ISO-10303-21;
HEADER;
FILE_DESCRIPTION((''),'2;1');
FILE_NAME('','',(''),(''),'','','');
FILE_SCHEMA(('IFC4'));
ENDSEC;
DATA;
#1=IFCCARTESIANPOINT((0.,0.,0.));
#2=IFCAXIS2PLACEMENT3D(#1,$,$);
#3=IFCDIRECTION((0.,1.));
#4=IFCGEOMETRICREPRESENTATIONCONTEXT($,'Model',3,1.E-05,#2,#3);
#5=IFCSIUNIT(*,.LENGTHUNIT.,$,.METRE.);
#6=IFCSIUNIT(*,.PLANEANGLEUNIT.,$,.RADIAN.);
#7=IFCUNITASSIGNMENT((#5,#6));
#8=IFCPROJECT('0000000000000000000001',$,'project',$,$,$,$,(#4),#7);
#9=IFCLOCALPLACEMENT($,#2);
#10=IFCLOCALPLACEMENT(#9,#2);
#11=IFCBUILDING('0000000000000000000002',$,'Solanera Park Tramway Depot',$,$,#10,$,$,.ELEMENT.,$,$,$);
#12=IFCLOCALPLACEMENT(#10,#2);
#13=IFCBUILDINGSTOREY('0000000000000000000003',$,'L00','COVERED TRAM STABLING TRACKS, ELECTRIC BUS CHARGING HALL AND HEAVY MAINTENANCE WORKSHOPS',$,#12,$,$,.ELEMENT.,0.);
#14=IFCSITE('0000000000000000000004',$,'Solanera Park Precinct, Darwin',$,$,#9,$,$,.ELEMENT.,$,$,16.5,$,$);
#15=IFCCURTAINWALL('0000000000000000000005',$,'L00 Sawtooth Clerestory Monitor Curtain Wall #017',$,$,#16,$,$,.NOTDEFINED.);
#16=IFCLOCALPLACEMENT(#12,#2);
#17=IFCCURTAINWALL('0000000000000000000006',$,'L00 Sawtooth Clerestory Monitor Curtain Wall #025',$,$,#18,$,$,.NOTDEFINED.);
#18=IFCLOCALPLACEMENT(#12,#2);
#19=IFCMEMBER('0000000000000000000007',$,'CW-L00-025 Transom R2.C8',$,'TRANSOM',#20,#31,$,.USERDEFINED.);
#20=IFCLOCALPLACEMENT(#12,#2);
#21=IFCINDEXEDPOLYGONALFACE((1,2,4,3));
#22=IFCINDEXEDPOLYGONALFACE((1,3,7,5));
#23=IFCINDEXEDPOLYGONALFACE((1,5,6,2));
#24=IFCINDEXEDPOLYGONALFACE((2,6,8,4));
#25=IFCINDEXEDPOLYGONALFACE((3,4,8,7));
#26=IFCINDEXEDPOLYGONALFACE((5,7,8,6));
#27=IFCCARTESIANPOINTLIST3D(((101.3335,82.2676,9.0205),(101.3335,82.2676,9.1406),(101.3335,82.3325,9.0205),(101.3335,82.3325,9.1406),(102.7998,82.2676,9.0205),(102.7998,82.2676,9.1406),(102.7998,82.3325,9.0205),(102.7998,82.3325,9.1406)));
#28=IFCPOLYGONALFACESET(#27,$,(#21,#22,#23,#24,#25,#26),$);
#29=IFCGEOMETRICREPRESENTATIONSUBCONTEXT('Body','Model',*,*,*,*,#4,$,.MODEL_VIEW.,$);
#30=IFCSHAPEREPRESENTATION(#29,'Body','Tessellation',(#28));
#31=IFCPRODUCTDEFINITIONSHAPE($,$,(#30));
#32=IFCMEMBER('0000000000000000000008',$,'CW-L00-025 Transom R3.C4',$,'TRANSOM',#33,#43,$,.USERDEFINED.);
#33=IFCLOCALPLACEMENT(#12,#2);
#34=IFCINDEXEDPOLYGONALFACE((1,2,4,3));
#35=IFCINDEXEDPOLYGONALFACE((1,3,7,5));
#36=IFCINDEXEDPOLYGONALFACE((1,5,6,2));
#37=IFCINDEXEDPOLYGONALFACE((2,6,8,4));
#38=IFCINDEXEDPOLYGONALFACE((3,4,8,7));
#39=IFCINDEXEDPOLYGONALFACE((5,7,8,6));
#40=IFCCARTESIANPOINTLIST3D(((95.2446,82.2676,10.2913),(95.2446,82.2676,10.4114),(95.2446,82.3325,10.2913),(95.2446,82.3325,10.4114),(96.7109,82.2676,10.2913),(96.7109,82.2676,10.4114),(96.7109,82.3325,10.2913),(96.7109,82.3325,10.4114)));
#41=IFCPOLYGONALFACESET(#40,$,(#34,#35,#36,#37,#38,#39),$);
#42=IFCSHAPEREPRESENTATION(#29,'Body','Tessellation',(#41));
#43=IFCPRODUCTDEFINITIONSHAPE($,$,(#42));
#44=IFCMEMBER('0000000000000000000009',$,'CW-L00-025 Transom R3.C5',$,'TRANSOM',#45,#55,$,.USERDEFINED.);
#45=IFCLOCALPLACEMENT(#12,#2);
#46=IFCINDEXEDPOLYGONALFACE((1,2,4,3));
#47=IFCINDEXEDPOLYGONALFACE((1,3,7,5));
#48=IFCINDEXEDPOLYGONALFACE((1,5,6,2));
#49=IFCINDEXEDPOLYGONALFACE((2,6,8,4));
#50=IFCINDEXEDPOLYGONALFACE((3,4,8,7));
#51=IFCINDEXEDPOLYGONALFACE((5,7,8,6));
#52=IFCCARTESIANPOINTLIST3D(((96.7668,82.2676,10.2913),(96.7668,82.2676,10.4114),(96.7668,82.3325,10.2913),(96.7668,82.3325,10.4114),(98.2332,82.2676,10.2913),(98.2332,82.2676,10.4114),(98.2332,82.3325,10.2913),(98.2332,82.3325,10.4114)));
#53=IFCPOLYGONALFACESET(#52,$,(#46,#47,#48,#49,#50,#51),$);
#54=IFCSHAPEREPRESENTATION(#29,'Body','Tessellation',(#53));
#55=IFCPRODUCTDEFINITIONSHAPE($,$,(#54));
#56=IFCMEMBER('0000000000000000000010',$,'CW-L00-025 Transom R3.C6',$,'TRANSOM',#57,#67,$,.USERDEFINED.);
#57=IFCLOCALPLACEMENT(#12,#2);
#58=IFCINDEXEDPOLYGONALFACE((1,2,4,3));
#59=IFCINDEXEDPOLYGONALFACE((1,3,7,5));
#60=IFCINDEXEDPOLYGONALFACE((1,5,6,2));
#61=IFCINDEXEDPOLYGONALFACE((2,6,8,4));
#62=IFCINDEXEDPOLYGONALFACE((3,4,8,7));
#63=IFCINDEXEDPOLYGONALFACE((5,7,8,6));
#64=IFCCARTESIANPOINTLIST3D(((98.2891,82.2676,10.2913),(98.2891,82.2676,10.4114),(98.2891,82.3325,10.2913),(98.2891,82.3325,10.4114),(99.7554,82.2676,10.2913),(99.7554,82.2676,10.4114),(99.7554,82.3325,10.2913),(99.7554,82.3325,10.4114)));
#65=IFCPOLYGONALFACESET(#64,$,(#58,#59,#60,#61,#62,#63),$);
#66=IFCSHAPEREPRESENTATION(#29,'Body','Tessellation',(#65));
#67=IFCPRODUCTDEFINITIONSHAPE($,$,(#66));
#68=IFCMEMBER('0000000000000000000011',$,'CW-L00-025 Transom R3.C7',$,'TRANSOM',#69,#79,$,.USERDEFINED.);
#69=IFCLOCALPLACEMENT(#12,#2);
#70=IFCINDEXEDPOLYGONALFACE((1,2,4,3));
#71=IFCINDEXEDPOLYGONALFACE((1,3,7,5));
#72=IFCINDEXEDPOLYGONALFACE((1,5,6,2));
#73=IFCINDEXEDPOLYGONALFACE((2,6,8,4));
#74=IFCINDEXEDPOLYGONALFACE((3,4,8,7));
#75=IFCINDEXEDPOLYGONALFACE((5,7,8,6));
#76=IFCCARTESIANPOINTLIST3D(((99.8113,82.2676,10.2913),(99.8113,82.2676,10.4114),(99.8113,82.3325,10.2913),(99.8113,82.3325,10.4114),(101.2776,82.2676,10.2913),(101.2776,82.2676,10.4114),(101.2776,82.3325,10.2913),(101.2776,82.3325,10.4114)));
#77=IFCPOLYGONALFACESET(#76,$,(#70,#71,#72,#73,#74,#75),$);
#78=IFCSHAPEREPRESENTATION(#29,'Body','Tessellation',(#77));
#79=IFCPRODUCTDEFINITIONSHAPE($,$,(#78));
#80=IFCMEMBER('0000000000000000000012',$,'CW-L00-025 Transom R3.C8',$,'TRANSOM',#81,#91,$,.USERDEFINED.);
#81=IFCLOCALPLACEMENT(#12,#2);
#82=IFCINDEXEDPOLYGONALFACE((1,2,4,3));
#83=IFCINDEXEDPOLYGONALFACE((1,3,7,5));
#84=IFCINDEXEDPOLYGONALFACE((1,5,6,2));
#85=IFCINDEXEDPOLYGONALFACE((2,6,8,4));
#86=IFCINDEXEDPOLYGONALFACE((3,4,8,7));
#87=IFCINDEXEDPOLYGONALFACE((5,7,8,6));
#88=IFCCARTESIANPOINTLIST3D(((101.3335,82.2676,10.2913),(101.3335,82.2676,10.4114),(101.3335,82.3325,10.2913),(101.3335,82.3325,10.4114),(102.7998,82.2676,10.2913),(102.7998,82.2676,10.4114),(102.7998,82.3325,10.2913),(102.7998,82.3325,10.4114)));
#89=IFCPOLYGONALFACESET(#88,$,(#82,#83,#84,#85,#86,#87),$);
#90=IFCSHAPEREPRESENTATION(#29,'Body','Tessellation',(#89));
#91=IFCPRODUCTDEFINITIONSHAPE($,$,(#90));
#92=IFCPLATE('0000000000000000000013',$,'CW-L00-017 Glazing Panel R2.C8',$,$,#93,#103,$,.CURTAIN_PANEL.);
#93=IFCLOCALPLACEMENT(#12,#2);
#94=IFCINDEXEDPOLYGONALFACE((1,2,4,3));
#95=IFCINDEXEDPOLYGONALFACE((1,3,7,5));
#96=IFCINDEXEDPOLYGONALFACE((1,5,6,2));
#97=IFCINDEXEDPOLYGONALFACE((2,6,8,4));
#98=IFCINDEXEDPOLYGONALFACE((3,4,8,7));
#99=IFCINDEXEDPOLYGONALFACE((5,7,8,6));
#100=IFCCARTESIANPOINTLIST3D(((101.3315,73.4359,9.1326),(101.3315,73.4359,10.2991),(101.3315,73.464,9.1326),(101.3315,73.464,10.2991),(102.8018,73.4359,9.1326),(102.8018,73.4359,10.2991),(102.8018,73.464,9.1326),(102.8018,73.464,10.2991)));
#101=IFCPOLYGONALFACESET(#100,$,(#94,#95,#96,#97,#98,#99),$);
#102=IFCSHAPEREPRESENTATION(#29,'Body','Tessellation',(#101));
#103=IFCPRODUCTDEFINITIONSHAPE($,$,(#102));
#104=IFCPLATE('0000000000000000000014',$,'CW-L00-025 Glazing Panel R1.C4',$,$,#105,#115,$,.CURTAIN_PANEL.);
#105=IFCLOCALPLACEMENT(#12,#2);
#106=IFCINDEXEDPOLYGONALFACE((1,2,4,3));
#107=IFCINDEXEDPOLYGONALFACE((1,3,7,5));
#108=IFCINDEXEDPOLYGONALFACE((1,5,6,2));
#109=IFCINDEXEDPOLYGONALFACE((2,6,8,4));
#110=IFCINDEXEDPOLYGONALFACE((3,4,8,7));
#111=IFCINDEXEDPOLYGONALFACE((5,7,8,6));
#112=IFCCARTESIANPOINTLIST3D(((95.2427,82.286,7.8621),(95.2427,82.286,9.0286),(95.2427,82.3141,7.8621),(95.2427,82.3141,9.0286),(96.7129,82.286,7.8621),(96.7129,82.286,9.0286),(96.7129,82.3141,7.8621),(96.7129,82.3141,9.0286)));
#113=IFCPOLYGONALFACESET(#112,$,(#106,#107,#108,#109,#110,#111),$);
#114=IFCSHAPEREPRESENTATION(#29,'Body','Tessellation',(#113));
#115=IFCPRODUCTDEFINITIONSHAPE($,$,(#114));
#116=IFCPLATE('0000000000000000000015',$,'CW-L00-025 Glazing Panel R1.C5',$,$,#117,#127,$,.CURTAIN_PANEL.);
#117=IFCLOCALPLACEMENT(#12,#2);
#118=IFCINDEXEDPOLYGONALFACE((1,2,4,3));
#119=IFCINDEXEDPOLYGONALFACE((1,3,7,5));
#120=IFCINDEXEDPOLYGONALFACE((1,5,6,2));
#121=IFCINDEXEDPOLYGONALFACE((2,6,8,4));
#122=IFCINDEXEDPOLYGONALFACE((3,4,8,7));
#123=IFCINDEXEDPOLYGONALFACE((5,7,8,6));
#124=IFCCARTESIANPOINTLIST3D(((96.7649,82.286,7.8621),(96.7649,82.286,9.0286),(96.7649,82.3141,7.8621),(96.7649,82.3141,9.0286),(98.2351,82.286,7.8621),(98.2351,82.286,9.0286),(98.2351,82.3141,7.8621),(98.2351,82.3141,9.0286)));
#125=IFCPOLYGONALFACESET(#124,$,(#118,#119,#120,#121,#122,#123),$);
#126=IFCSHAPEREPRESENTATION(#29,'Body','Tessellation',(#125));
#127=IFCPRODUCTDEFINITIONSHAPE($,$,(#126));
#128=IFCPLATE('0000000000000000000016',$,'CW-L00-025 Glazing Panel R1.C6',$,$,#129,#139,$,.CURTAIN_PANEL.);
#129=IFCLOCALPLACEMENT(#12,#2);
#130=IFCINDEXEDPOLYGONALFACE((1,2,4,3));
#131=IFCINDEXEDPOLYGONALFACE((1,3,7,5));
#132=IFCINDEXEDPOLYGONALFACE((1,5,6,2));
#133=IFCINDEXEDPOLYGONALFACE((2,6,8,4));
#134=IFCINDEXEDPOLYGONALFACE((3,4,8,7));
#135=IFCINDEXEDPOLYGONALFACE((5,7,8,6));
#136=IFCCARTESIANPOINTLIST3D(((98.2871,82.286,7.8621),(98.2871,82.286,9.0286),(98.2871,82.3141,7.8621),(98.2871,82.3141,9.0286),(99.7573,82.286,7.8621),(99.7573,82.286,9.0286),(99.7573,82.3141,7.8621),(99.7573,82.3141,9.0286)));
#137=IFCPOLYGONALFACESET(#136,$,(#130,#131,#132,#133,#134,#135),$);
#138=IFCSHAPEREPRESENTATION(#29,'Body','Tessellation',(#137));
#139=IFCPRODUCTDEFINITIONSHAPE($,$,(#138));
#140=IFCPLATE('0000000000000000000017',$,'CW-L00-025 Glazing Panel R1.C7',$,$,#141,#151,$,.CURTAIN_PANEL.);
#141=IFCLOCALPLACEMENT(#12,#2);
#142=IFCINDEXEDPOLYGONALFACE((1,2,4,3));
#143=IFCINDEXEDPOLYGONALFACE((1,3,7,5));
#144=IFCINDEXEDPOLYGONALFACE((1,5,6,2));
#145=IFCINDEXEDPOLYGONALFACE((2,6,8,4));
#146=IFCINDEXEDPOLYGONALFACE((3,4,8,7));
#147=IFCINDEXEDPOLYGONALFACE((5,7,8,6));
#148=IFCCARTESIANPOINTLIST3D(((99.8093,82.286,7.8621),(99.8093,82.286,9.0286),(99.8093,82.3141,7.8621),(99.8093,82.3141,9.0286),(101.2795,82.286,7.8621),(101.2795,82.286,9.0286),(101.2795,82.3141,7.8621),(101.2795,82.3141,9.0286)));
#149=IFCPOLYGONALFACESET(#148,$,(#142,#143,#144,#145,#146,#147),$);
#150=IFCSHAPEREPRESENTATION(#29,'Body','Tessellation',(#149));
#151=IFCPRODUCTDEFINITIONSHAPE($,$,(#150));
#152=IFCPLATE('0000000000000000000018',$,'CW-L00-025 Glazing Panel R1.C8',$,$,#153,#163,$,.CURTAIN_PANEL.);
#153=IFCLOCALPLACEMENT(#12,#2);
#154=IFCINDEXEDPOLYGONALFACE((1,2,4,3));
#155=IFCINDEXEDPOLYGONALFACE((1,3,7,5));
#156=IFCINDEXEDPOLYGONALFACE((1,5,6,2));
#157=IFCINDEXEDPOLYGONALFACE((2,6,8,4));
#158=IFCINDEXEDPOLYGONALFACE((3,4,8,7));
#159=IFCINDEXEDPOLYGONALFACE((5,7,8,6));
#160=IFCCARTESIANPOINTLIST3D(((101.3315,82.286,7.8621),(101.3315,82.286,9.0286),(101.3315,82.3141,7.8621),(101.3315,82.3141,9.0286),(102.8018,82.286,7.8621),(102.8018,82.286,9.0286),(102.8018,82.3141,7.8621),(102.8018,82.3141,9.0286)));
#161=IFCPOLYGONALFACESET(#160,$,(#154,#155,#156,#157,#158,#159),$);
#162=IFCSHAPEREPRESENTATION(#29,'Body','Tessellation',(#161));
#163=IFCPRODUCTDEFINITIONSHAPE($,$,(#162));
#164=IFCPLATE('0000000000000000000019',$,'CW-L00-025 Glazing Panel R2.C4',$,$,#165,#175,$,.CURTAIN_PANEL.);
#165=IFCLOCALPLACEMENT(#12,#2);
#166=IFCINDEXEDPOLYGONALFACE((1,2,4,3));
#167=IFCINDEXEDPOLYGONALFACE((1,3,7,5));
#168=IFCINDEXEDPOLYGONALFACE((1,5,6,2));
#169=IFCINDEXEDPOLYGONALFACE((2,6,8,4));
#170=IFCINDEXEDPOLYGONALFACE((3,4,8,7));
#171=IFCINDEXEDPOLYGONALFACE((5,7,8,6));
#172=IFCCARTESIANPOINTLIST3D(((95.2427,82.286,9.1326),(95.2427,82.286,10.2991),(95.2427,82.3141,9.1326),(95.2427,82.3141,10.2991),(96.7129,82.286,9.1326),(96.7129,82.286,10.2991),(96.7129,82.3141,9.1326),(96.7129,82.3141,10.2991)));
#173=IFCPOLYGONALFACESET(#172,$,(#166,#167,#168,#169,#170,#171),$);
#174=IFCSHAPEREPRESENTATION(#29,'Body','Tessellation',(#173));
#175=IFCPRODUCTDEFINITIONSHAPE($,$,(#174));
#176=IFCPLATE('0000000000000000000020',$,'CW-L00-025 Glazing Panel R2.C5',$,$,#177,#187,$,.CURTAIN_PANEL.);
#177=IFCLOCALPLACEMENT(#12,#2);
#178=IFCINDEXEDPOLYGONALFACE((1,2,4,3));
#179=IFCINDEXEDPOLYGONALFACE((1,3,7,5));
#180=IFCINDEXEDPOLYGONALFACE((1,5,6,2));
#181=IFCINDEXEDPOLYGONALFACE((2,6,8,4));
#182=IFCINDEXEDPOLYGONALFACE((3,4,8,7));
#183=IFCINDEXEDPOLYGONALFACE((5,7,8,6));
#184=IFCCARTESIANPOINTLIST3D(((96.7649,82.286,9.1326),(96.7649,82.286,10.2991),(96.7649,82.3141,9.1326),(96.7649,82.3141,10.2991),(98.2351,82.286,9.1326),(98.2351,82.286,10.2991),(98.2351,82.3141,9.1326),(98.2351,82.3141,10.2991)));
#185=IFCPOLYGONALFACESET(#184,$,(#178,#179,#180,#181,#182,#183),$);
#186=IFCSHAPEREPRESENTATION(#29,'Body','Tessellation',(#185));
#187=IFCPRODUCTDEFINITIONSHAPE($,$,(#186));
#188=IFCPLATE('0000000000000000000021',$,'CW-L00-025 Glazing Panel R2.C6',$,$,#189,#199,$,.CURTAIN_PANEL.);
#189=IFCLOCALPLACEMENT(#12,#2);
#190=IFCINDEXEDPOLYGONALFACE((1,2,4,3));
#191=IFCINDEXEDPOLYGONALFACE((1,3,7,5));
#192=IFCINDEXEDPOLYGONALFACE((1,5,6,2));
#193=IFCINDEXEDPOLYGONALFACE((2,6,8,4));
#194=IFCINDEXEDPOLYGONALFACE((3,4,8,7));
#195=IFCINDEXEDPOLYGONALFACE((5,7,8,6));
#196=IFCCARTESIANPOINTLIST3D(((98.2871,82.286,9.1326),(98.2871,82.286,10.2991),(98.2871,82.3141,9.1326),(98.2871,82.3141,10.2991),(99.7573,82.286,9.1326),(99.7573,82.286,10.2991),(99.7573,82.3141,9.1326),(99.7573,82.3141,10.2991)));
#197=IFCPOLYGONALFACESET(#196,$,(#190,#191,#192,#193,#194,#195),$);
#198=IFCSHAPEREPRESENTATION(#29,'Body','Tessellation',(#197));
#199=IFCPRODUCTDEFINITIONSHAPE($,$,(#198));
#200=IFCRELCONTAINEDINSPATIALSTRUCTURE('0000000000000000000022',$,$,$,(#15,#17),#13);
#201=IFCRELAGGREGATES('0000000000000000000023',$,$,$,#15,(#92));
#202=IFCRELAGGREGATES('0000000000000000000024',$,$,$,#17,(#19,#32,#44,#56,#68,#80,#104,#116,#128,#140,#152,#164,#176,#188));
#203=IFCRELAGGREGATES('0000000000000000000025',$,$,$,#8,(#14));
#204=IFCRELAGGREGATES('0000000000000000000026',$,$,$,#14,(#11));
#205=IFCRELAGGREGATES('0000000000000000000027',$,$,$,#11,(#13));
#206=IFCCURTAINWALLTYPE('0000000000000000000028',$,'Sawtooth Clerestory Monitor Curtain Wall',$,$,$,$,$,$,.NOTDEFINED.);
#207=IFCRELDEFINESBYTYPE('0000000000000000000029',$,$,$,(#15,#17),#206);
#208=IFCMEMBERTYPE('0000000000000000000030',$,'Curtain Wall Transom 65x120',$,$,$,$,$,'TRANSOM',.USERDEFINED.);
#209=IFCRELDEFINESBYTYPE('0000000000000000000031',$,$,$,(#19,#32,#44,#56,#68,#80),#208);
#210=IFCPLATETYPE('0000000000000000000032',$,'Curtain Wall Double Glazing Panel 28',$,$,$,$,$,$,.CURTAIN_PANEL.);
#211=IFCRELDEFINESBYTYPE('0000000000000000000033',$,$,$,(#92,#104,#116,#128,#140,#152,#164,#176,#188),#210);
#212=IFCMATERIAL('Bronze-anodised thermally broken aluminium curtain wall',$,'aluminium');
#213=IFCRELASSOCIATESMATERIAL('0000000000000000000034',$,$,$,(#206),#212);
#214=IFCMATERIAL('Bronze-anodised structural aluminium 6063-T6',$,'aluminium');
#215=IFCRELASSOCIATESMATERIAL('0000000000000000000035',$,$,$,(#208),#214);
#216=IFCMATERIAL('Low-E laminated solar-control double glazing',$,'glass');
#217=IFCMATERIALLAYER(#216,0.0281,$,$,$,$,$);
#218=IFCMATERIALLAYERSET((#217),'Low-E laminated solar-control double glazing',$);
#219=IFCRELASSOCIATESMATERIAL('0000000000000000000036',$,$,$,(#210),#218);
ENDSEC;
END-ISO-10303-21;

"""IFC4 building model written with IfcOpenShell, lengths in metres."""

from ifc_helpers import new_model, si_unit, direction, frame, origin, origin_2d, place, context, subcontext, project, spatial, rectangle, extrude, material, layer, layer_set, material_profile, profile_set, type_object, element, aggregate, save


model = new_model("IFC4")

# Units and contexts
model_context = context("Model", 3, precision=1e-05, world=origin(), true_north=direction((0.0, 1.0)))
body_context = subcontext(model_context, "Body", "Model", "MODEL_VIEW")
ifc_project = project(units=[si_unit("LENGTHUNIT", "METRE"), si_unit("PLANEANGLEUNIT", "RADIAN")], contexts=[model_context])

# Site, building, storey
site_placement = place(None, origin())
site = spatial("IfcSite", under=ifc_project, at=site_placement, Name="Solanera Park Precinct, Darwin", CompositionType="ELEMENT", RefElevation=16.5)
building_placement = place(site_placement, origin())
building = spatial("IfcBuilding", under=site, at=building_placement, Name="Solanera Park Tramway Depot", CompositionType="ELEMENT")
storey_placement = place(building_placement, origin())
storey = spatial("IfcBuildingStorey", under=building, at=storey_placement, Name="L00", Description="COVERED TRAM STABLING TRACKS, ELECTRIC BUS CHARGING HALL AND HEAVY MAINTENANCE WORKSHOPS", CompositionType="ELEMENT", Elevation=0.0)

# Curtain wall
ifc_material_1 = material(Name="Bronze-anodised thermally broken aluminium curtain wall", Category="aluminium")
curtain_wall_type = type_object("IfcCurtainWallType", Name="Sawtooth Clerestory Monitor Curtain Wall", PredefinedType="NOTDEFINED", material=ifc_material_1)
curtain_wall_1_placement = place(storey_placement, origin())
curtain_wall_1 = element("IfcCurtainWall", 1, at=curtain_wall_1_placement, inside=storey, type_object=curtain_wall_type, Name="L00 Sawtooth Clerestory Monitor Curtain Wall #017", PredefinedType="NOTDEFINED")

# Curtain wall, members
curtain_wall_2_placement = place(storey_placement, origin())
curtain_wall_2 = element("IfcCurtainWall", 2, at=curtain_wall_2_placement, inside=storey, type_object=curtain_wall_type, Name="L00 Sawtooth Clerestory Monitor Curtain Wall #025", PredefinedType="NOTDEFINED")
ifc_material_2 = material(Name="Bronze-anodised structural aluminium 6063-T6", Category="aluminium")
ifc_material_profile_1 = material_profile(ifc_material_2, rectangle(XDim=0.0649, YDim=0.1201, at=origin_2d()), Name="Curtain Wall Transom 65x120")
ifc_profile_set_1 = profile_set([ifc_material_profile_1], Name="Bronze-anodised structural aluminium 6063-T6")
member_type_1 = type_object("IfcMemberType", Name="Curtain Wall Transom 65x120", ElementType="TRANSOM", PredefinedType="USERDEFINED", material=ifc_profile_set_1)
member_1_placement = place(storey_placement, frame((101.3335, 82.3, 9.0806), z_axis=(1.0, 0.0, 0.0), x_axis=(0.0, 1.0, 0.0)))
member_1 = element("IfcMember", 3, at=member_1_placement, type_object=member_type_1, Name="CW-L00-025 Transom R2.C8", ObjectType="TRANSOM", PredefinedType="USERDEFINED", context=body_context, shape_type="SweptSolid", body=[
    extrude(rectangle(XDim=0.0649, YDim=0.1201, at=origin_2d()), origin(), (0.0, 0.0, 1.0), 1.4663),
])
member_2_placement = place(storey_placement, frame((95.2446, 82.3, 10.3513), z_axis=(1.0, 0.0, 0.0), x_axis=(0.0, 1.0, 0.0)))
member_2 = element("IfcMember", 4, at=member_2_placement, type_object=member_type_1, Name="CW-L00-025 Transom R3.C4", ObjectType="TRANSOM", PredefinedType="USERDEFINED", context=body_context, shape_type="SweptSolid", body=[
    extrude(rectangle(XDim=0.0649, YDim=0.1201, at=origin_2d()), origin(), (0.0, 0.0, 1.0), 1.4663),
])
member_3_placement = place(storey_placement, frame((96.7668, 82.3, 10.3513), z_axis=(1.0, 0.0, 0.0), x_axis=(0.0, 1.0, 0.0)))
member_3 = element("IfcMember", 5, at=member_3_placement, type_object=member_type_1, Name="CW-L00-025 Transom R3.C5", ObjectType="TRANSOM", PredefinedType="USERDEFINED", context=body_context, shape_type="SweptSolid", body=[
    extrude(rectangle(XDim=0.0649, YDim=0.1201, at=origin_2d()), origin(), (0.0, 0.0, 1.0), 1.4663),
])
member_4_placement = place(storey_placement, frame((98.2891, 82.3, 10.3513), z_axis=(1.0, 0.0, 0.0), x_axis=(0.0, 1.0, 0.0)))
member_4 = element("IfcMember", 6, at=member_4_placement, type_object=member_type_1, Name="CW-L00-025 Transom R3.C6", ObjectType="TRANSOM", PredefinedType="USERDEFINED", context=body_context, shape_type="SweptSolid", body=[
    extrude(rectangle(XDim=0.0649, YDim=0.1201, at=origin_2d()), origin(), (0.0, 0.0, 1.0), 1.4663),
])
member_5_placement = place(storey_placement, frame((99.8113, 82.3, 10.3513), z_axis=(1.0, 0.0, 0.0), x_axis=(0.0, 1.0, 0.0)))
member_5 = element("IfcMember", 7, at=member_5_placement, type_object=member_type_1, Name="CW-L00-025 Transom R3.C7", ObjectType="TRANSOM", PredefinedType="USERDEFINED", context=body_context, shape_type="SweptSolid", body=[
    extrude(rectangle(XDim=0.0649, YDim=0.1201, at=origin_2d()), origin(), (0.0, 0.0, 1.0), 1.4663),
])
member_6_placement = place(storey_placement, frame((101.3335, 82.3, 10.3513), z_axis=(1.0, 0.0, 0.0), x_axis=(0.0, 1.0, 0.0)))
member_6 = element("IfcMember", 8, at=member_6_placement, type_object=member_type_1, Name="CW-L00-025 Transom R3.C8", ObjectType="TRANSOM", PredefinedType="USERDEFINED", context=body_context, shape_type="SweptSolid", body=[
    extrude(rectangle(XDim=0.0649, YDim=0.1201, at=origin_2d()), origin(), (0.0, 0.0, 1.0), 1.4663),
])

# Plates
ifc_material_3 = material(Name="Low-E laminated solar-control double glazing", Category="glass")
ifc_layer = layer(ifc_material_3, 0.0281)
ifc_layer_set = layer_set([ifc_layer], Name="Low-E laminated solar-control double glazing")
plate_type = type_object("IfcPlateType", Name="Curtain Wall Double Glazing Panel 28", PredefinedType="CURTAIN_PANEL", material=ifc_layer_set)
plate_1_placement = place(storey_placement, frame((102.0667, 73.45, 9.1326), z_axis=(0.0, 0.0, 1.0), x_axis=(1.0, 0.0, 0.0)))
plate_1 = element("IfcPlate", 9, at=plate_1_placement, type_object=plate_type, Name="CW-L00-017 Glazing Panel R2.C8", PredefinedType="CURTAIN_PANEL", context=body_context, shape_type="SweptSolid", body=[
    extrude(rectangle(XDim=1.4702, YDim=0.0281, at=origin_2d()), origin(), (0.0, 0.0, 1.0), 1.1665),
])
aggregate(curtain_wall_1, [plate_1])
plate_2_placement = place(storey_placement, frame((95.9778, 82.3, 7.8621), z_axis=(0.0, 0.0, 1.0), x_axis=(1.0, 0.0, 0.0)))
plate_2 = element("IfcPlate", 10, at=plate_2_placement, type_object=plate_type, Name="CW-L00-025 Glazing Panel R1.C4", PredefinedType="CURTAIN_PANEL", context=body_context, shape_type="SweptSolid", body=[
    extrude(rectangle(XDim=1.4702, YDim=0.0281, at=origin_2d()), origin(), (0.0, 0.0, 1.0), 1.1665),
])
plate_3_placement = place(storey_placement, frame((97.5, 82.3, 7.8621), z_axis=(0.0, 0.0, 1.0), x_axis=(1.0, 0.0, 0.0)))
plate_3 = element("IfcPlate", 11, at=plate_3_placement, type_object=plate_type, Name="CW-L00-025 Glazing Panel R1.C5", PredefinedType="CURTAIN_PANEL", context=body_context, shape_type="SweptSolid", body=[
    extrude(rectangle(XDim=1.4702, YDim=0.0281, at=origin_2d()), origin(), (0.0, 0.0, 1.0), 1.1665),
])
plate_4_placement = place(storey_placement, frame((99.0222, 82.3, 7.8621), z_axis=(0.0, 0.0, 1.0), x_axis=(1.0, 0.0, 0.0)))
plate_4 = element("IfcPlate", 12, at=plate_4_placement, type_object=plate_type, Name="CW-L00-025 Glazing Panel R1.C6", PredefinedType="CURTAIN_PANEL", context=body_context, shape_type="SweptSolid", body=[
    extrude(rectangle(XDim=1.4702, YDim=0.0281, at=origin_2d()), origin(), (0.0, 0.0, 1.0), 1.1665),
])
plate_5_placement = place(storey_placement, frame((100.5444, 82.3, 7.8621), z_axis=(0.0, 0.0, 1.0), x_axis=(1.0, 0.0, 0.0)))
plate_5 = element("IfcPlate", 13, at=plate_5_placement, type_object=plate_type, Name="CW-L00-025 Glazing Panel R1.C7", PredefinedType="CURTAIN_PANEL", context=body_context, shape_type="SweptSolid", body=[
    extrude(rectangle(XDim=1.4702, YDim=0.0281, at=origin_2d()), origin(), (0.0, 0.0, 1.0), 1.1665),
])
plate_6_placement = place(storey_placement, frame((102.0667, 82.3, 7.8621), z_axis=(0.0, 0.0, 1.0), x_axis=(1.0, 0.0, 0.0)))
plate_6 = element("IfcPlate", 14, at=plate_6_placement, type_object=plate_type, Name="CW-L00-025 Glazing Panel R1.C8", PredefinedType="CURTAIN_PANEL", context=body_context, shape_type="SweptSolid", body=[
    extrude(rectangle(XDim=1.4702, YDim=0.0281, at=origin_2d()), origin(), (0.0, 0.0, 1.0), 1.1665),
])
plate_7_placement = place(storey_placement, frame((95.9778, 82.3, 9.1326), z_axis=(0.0, 0.0, 1.0), x_axis=(1.0, 0.0, 0.0)))
plate_7 = element("IfcPlate", 15, at=plate_7_placement, type_object=plate_type, Name="CW-L00-025 Glazing Panel R2.C4", PredefinedType="CURTAIN_PANEL", context=body_context, shape_type="SweptSolid", body=[
    extrude(rectangle(XDim=1.4702, YDim=0.0281, at=origin_2d()), origin(), (0.0, 0.0, 1.0), 1.1665),
])
plate_8_placement = place(storey_placement, frame((97.5, 82.3, 9.1326), z_axis=(0.0, 0.0, 1.0), x_axis=(1.0, 0.0, 0.0)))
plate_8 = element("IfcPlate", 16, at=plate_8_placement, type_object=plate_type, Name="CW-L00-025 Glazing Panel R2.C5", PredefinedType="CURTAIN_PANEL", context=body_context, shape_type="SweptSolid", body=[
    extrude(rectangle(XDim=1.4702, YDim=0.0281, at=origin_2d()), origin(), (0.0, 0.0, 1.0), 1.1665),
])
plate_9_placement = place(storey_placement, frame((99.0222, 82.3, 9.1326), z_axis=(0.0, 0.0, 1.0), x_axis=(1.0, 0.0, 0.0)))
plate_9 = element("IfcPlate", 17, at=plate_9_placement, type_object=plate_type, Name="CW-L00-025 Glazing Panel R2.C6", PredefinedType="CURTAIN_PANEL", context=body_context, shape_type="SweptSolid", body=[
    extrude(rectangle(XDim=1.4702, YDim=0.0281, at=origin_2d()), origin(), (0.0, 0.0, 1.0), 1.1665),
])
aggregate(curtain_wall_2, [member_1, member_2, member_3, member_4, member_5, member_6, plate_2, plate_3, plate_4, plate_5, plate_6, plate_7, plate_8, plate_9])

save(model, "model.ifc")
